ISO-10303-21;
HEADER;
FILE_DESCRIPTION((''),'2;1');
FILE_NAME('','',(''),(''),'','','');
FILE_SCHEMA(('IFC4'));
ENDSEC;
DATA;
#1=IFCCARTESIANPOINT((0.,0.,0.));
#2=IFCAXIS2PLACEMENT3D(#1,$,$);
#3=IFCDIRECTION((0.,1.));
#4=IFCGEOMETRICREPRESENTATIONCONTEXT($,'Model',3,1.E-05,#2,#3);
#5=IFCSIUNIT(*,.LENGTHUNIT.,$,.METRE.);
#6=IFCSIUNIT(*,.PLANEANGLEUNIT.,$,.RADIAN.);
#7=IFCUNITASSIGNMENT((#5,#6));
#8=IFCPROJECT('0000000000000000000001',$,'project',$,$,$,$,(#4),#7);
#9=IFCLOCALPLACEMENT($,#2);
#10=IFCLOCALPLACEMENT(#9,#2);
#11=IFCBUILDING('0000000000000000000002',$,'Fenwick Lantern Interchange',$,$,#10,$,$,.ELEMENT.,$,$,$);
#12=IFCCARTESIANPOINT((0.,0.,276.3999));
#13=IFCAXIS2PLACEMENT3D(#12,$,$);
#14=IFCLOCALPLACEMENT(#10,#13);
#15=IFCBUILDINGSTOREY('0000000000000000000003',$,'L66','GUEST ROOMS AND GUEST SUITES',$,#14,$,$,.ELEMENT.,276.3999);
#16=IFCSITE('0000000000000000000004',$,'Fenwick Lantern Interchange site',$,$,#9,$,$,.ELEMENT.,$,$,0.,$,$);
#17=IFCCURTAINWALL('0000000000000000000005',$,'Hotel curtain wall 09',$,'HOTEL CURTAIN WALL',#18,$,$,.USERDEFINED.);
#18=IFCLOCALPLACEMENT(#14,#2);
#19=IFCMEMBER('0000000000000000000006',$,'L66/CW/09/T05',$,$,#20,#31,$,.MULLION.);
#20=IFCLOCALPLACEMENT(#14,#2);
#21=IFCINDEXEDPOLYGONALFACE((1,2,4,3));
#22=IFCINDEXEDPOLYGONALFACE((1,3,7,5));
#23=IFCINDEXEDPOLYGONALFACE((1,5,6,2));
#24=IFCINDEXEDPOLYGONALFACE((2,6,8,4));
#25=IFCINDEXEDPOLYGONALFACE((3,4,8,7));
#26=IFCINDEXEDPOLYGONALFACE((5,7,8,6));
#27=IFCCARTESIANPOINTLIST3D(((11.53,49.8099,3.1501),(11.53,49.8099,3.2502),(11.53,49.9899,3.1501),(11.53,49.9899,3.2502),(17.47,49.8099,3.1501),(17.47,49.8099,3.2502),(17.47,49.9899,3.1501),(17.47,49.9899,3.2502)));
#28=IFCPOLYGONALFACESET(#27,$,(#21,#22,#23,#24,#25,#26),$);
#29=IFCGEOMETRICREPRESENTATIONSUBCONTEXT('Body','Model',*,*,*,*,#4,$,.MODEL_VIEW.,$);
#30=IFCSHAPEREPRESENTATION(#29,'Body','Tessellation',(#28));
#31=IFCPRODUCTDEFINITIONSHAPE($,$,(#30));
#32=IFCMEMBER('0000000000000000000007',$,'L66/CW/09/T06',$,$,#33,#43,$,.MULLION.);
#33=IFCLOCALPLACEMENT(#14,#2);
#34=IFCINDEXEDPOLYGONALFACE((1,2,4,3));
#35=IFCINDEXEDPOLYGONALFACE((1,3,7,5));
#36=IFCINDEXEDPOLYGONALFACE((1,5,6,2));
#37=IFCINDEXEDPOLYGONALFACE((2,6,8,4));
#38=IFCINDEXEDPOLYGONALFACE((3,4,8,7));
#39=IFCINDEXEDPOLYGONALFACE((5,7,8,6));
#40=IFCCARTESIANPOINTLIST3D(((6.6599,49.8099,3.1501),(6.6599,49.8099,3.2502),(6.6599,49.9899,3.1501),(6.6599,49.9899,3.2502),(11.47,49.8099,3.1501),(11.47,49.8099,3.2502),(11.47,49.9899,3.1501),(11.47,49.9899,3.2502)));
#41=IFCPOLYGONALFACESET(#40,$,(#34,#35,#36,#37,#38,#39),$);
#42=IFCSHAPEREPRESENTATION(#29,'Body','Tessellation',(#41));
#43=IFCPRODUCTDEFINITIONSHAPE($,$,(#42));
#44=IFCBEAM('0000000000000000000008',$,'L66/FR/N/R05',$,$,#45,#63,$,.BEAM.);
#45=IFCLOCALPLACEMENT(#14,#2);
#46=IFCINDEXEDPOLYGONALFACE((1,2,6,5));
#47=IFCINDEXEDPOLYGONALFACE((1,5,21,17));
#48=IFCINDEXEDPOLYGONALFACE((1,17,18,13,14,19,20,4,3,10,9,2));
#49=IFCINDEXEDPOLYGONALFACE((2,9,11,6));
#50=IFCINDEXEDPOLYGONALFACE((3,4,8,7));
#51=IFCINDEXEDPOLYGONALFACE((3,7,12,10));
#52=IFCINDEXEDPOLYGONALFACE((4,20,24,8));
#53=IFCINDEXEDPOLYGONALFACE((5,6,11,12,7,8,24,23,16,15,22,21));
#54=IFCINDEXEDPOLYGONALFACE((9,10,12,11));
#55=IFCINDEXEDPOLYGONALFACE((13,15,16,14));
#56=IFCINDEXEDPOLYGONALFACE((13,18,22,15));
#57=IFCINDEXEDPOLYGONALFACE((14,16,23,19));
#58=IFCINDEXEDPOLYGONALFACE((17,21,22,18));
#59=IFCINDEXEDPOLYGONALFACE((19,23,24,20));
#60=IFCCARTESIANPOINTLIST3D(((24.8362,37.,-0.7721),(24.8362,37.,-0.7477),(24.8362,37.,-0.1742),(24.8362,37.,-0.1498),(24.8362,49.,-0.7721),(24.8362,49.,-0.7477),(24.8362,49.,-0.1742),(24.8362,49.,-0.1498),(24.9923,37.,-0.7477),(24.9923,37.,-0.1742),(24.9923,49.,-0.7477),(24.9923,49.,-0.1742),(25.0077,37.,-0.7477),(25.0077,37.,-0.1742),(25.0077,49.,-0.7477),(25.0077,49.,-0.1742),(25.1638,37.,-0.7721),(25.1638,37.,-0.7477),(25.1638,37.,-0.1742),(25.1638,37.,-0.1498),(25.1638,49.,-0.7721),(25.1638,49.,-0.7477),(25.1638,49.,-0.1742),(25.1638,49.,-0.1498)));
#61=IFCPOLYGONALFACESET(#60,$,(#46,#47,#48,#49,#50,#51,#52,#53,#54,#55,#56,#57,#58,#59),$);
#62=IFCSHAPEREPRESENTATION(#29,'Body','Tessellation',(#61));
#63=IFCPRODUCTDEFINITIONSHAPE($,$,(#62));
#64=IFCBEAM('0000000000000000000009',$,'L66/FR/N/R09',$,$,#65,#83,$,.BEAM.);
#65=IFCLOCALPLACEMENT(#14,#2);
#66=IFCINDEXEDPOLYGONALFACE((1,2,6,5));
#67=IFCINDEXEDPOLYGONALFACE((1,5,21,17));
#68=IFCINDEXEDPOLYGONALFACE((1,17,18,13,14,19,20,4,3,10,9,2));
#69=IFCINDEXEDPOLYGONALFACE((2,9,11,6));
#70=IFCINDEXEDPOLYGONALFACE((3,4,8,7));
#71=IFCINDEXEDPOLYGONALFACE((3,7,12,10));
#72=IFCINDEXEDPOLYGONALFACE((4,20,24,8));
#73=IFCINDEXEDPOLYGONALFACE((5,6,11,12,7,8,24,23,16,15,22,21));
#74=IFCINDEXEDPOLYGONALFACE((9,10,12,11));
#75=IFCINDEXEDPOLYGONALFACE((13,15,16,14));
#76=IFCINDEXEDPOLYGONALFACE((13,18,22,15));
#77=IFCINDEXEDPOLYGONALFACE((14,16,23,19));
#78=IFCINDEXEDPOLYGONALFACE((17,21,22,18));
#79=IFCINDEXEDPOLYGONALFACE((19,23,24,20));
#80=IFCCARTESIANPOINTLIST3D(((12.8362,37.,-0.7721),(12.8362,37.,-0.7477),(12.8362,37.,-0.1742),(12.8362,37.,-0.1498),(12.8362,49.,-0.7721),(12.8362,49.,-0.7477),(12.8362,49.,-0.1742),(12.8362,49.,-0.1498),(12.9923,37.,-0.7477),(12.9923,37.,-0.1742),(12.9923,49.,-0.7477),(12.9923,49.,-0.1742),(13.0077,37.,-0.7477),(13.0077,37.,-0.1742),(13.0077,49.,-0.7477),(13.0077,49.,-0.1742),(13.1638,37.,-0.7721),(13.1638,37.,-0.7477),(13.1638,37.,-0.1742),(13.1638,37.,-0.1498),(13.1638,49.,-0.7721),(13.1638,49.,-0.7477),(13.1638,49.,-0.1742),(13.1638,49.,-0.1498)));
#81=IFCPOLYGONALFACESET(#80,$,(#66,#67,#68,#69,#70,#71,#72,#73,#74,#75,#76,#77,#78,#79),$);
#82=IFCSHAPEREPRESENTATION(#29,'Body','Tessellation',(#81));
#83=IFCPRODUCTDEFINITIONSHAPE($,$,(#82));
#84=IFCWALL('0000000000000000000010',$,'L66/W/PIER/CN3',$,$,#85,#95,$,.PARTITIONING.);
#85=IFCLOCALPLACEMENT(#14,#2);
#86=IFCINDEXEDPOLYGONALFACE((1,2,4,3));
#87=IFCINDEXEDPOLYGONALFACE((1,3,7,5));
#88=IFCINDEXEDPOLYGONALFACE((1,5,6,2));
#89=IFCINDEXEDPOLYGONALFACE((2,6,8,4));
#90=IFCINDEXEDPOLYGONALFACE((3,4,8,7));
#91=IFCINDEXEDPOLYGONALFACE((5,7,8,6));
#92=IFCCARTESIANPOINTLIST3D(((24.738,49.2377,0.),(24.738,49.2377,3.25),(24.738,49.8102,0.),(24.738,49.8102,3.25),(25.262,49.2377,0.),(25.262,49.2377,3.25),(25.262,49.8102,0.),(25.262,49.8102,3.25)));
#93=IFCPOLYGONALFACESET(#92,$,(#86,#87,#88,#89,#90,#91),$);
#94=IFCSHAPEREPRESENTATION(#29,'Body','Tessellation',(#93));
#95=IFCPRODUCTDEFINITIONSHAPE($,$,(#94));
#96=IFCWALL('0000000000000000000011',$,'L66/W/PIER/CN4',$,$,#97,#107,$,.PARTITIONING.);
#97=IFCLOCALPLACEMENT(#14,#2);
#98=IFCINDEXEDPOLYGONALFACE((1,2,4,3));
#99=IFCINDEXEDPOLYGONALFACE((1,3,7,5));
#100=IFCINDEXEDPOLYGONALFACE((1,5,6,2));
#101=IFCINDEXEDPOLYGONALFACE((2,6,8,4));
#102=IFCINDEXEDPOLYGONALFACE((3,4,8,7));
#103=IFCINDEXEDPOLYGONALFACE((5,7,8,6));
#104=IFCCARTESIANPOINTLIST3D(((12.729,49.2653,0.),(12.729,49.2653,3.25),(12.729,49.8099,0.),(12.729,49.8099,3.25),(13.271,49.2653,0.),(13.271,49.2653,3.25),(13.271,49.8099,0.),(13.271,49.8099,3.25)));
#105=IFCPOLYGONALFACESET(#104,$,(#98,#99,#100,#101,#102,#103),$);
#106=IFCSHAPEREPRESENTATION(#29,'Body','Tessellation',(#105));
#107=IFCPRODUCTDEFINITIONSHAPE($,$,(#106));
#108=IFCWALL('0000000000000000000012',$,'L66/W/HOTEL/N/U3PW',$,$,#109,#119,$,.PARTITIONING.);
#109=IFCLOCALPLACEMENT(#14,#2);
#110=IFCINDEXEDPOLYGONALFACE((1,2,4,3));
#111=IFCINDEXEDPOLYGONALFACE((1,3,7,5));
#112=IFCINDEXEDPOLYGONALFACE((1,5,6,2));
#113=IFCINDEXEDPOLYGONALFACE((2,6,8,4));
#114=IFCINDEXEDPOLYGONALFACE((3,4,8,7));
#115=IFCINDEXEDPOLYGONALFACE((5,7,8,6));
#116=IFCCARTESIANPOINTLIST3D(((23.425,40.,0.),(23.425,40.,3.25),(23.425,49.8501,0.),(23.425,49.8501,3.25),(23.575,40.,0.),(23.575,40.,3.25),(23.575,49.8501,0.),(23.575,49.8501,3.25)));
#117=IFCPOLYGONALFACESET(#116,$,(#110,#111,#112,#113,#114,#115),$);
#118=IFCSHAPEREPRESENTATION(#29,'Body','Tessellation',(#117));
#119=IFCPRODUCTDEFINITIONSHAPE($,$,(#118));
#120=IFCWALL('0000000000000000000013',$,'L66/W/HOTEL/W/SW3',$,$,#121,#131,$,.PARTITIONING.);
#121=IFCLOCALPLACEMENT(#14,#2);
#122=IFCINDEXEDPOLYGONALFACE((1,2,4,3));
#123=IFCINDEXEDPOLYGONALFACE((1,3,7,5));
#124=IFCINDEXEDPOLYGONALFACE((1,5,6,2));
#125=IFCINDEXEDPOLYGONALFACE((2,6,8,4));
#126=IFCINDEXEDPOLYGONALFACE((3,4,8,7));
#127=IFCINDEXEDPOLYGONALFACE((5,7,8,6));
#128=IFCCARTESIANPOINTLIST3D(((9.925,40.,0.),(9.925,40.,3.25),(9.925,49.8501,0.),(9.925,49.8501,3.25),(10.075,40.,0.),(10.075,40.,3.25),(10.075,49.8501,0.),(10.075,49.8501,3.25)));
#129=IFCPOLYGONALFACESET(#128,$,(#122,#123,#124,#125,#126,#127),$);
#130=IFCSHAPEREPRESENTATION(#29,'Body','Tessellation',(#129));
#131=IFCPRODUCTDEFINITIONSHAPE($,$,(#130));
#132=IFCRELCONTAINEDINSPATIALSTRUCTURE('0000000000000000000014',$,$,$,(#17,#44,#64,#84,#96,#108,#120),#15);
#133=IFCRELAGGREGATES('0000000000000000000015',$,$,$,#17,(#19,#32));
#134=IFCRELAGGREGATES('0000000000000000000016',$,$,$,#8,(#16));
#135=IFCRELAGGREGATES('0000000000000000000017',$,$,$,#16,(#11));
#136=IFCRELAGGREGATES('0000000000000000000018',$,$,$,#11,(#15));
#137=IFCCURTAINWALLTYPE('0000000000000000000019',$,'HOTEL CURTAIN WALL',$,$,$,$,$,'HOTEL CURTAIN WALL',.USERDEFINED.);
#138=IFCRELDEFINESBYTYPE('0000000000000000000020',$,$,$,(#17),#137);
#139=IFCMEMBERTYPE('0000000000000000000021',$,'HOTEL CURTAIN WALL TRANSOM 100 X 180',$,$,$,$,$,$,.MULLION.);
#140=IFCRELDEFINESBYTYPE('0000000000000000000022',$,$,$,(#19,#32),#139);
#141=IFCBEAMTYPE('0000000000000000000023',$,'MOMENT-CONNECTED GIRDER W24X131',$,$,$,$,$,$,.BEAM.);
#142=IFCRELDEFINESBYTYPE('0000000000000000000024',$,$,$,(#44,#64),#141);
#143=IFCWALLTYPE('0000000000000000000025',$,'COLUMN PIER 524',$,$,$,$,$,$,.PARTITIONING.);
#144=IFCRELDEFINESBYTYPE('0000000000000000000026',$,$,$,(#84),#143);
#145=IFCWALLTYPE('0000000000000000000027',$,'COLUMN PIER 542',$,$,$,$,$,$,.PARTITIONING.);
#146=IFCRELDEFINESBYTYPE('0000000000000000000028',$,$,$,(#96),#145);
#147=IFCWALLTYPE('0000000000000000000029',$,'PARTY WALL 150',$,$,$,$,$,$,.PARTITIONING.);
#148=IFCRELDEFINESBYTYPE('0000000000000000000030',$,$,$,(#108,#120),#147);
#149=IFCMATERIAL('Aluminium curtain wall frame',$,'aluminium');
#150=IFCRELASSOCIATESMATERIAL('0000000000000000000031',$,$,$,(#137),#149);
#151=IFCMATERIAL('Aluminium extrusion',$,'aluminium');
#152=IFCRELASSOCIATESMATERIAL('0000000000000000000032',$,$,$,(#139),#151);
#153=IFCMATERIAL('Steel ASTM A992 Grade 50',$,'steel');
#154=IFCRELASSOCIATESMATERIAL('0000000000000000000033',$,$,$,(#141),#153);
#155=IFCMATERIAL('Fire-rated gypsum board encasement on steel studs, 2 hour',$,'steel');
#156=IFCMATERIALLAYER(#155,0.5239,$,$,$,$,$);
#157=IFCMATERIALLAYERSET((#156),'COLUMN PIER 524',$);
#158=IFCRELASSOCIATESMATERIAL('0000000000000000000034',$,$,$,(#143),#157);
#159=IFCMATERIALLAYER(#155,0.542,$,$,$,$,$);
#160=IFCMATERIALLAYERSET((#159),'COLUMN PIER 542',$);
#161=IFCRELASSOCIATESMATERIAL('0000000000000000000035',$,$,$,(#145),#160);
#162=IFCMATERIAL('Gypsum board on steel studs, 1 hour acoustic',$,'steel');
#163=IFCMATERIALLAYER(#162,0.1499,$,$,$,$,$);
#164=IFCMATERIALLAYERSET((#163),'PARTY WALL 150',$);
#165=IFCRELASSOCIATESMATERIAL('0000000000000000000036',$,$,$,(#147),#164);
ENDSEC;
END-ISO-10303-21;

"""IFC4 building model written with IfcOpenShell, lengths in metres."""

from ifc_helpers import new_model, si_unit, direction, frame, frame_2d, origin, origin_2d, place, context, subcontext, project, spatial, rectangle, i_section, extrude, material, layer, layer_set, material_profile, profile_set, type_object, element, aggregate, save


model = new_model("IFC4")

# Units and contexts
model_context = context("Model", 3, precision=1e-05, world=origin(), true_north=direction((0.0, 1.0)))
body_context = subcontext(model_context, "Body", "Model", "MODEL_VIEW")
ifc_project = project(units=[si_unit("LENGTHUNIT", "METRE"), si_unit("PLANEANGLEUNIT", "RADIAN")], contexts=[model_context])

# Site, building, storey
site_placement = place(None, origin())
site = spatial("IfcSite", under=ifc_project, at=site_placement, Name="Fenwick Lantern Interchange site", CompositionType="ELEMENT", RefElevation=0.0)
building_placement = place(site_placement, origin())
building = spatial("IfcBuilding", under=site, at=building_placement, Name="Fenwick Lantern Interchange", CompositionType="ELEMENT")
storey_placement = place(building_placement, frame((0.0, 0.0, 276.3999)))
storey = spatial("IfcBuildingStorey", under=building, at=storey_placement, Name="L66", Description="GUEST ROOMS AND GUEST SUITES", CompositionType="ELEMENT", Elevation=276.3999)

# Shared definitions
ifc_material_1 = material(Name="Steel ASTM A992 Grade 50", Category="steel")

# Curtain wall, members
ifc_material_2 = material(Name="Aluminium curtain wall frame", Category="aluminium")
curtain_wall_type = type_object("IfcCurtainWallType", Name="HOTEL CURTAIN WALL", ElementType="HOTEL CURTAIN WALL", PredefinedType="USERDEFINED", material=ifc_material_2)
curtain_wall_placement = place(storey_placement, origin())
curtain_wall = element("IfcCurtainWall", 1, at=curtain_wall_placement, inside=storey, type_object=curtain_wall_type, Name="Hotel curtain wall 09", ObjectType="HOTEL CURTAIN WALL", PredefinedType="USERDEFINED")
ifc_material_3 = material(Name="Aluminium extrusion", Category="aluminium")
ifc_material_profile_1 = material_profile(ifc_material_3, rectangle(XDim=0.1799, YDim=0.1001, at=origin_2d()), Name="HOTEL CURTAIN WALL TRANSOM 100 X 180")
ifc_profile_set_1 = profile_set([ifc_material_profile_1], Name="Aluminium extrusion")
member_type_1 = type_object("IfcMemberType", Name="HOTEL CURTAIN WALL TRANSOM 100 X 180", PredefinedType="MULLION", material=ifc_profile_set_1)
member_1_placement = place(storey_placement, frame((17.47, 49.8999, 3.2002), z_axis=(-1.0, 0.0, 0.0), x_axis=(0.0, -1.0, 0.0)))
member_1 = element("IfcMember", 2, at=member_1_placement, type_object=member_type_1, Name="L66/CW/09/T05", PredefinedType="MULLION", context=body_context, shape_type="SweptSolid", body=[
    extrude(rectangle(XDim=0.1799, YDim=0.1001, at=origin_2d()), origin(), (0.0, 0.0, 1.0), 5.9399),
])
member_2_placement = place(storey_placement, frame((11.47, 49.8999, 3.2002), z_axis=(-1.0, 0.0, 0.0), x_axis=(0.0, -1.0, 0.0)))
member_2 = element("IfcMember", 3, at=member_2_placement, type_object=member_type_1, Name="L66/CW/09/T06", PredefinedType="MULLION", context=body_context, shape_type="SweptSolid", body=[
    extrude(rectangle(XDim=0.1799, YDim=0.1001, at=origin_2d()), origin(), (0.0, 0.0, 1.0), 4.8101),
])
aggregate(curtain_wall, [member_1, member_2])

# Beams
ifc_material_profile_2 = material_profile(ifc_material_1, i_section(OverallWidth=0.3276, OverallDepth=0.6223, WebThickness=0.0154, FlangeThickness=0.0244, at=origin_2d()), Name="W24X131")
ifc_profile_set_2 = profile_set([ifc_material_profile_2], Name="Steel ASTM A992 Grade 50")
beam_type_1 = type_object("IfcBeamType", Name="MOMENT-CONNECTED GIRDER W24X131", PredefinedType="BEAM", material=ifc_profile_set_2)
for number, where, z_axis, x_axis, name in (
    (4, (25.0, 49.0, -0.4609), (0.0, -1.0, 0.0), (1.0, 0.0, 0.0), "L66/FR/N/R05"),
    (5, (13.0, 49.0, -0.4609), (0.0, -1.0, 0.0), (1.0, 0.0, 0.0), "L66/FR/N/R09"),
):
    element("IfcBeam", number, at=place(storey_placement, frame(where, z_axis=z_axis, x_axis=x_axis)), inside=storey, type_object=beam_type_1, Name=name, PredefinedType="BEAM", context=body_context, shape_type="SweptSolid", body=[
        extrude(i_section(OverallWidth=0.3276, OverallDepth=0.6223, WebThickness=0.0154, FlangeThickness=0.0244, at=origin_2d()), origin(), (0.0, 0.0, 1.0), 12.0),
    ])

# Walls
ifc_material_4 = material(Name="Fire-rated gypsum board encasement on steel studs, 2 hour", Category="steel")
ifc_layer_1 = layer(ifc_material_4, 0.5239)
ifc_layer_set_1 = layer_set([ifc_layer_1], Name="COLUMN PIER 524")
wall_type_1 = type_object("IfcWallType", Name="COLUMN PIER 524", PredefinedType="PARTITIONING", material=ifc_layer_set_1)
wall_1_placement = place(storey_placement, frame((25.0, 49.8101, 0.0), z_axis=(0.0, 0.0, 1.0), x_axis=(0.0, -1.0, 0.0)))
element("IfcWall", 6, at=wall_1_placement, inside=storey, type_object=wall_type_1, Name="L66/W/PIER/CN3", PredefinedType="PARTITIONING", context=body_context, shape_type="SweptSolid", body=[
    extrude(rectangle(XDim=0.5725, YDim=0.5239, at=frame_2d((0.2861, 0.0))), origin(), (0.0, 0.0, 1.0), 3.25),
])
ifc_layer_2 = layer(ifc_material_4, 0.542)
ifc_layer_set_2 = layer_set([ifc_layer_2], Name="COLUMN PIER 542")
wall_type_2 = type_object("IfcWallType", Name="COLUMN PIER 542", PredefinedType="PARTITIONING", material=ifc_layer_set_2)
wall_2_placement = place(storey_placement, frame((13.0, 49.8101, 0.0), z_axis=(0.0, 0.0, 1.0), x_axis=(0.0, -1.0, 0.0)))
element("IfcWall", 7, at=wall_2_placement, inside=storey, type_object=wall_type_2, Name="L66/W/PIER/CN4", PredefinedType="PARTITIONING", context=body_context, shape_type="SweptSolid", body=[
    extrude(rectangle(XDim=0.5447, YDim=0.542, at=frame_2d((0.2725, 0.0))), origin(), (0.0, 0.0, 1.0), 3.25),
])
ifc_material_5 = material(Name="Gypsum board on steel studs, 1 hour acoustic", Category="steel")
ifc_layer_3 = layer(ifc_material_5, 0.1499)
ifc_layer_set_3 = layer_set([ifc_layer_3], Name="PARTY WALL 150")
wall_type_3 = type_object("IfcWallType", Name="PARTY WALL 150", PredefinedType="PARTITIONING", material=ifc_layer_set_3)
for number, where, z_axis, x_axis, name in (
    (8, (23.5, 49.8501, 0.0), (0.0, 0.0, 1.0), (0.0, -1.0, 0.0), "L66/W/HOTEL/N/U3PW"),
    (9, (10.0, 49.8501, 0.0), (0.0, 0.0, 1.0), (0.0, -1.0, 0.0), "L66/W/HOTEL/W/SW3"),
):
    element("IfcWall", number, at=place(storey_placement, frame(where, z_axis=z_axis, x_axis=x_axis)), inside=storey, type_object=wall_type_3, Name=name, PredefinedType="PARTITIONING", context=body_context, shape_type="SweptSolid", body=[
        extrude(rectangle(XDim=9.8501, YDim=0.1499, at=frame_2d((4.925, 0.0))), origin(), (0.0, 0.0, 1.0), 3.25),
    ])

save(model, "model.ifc")
